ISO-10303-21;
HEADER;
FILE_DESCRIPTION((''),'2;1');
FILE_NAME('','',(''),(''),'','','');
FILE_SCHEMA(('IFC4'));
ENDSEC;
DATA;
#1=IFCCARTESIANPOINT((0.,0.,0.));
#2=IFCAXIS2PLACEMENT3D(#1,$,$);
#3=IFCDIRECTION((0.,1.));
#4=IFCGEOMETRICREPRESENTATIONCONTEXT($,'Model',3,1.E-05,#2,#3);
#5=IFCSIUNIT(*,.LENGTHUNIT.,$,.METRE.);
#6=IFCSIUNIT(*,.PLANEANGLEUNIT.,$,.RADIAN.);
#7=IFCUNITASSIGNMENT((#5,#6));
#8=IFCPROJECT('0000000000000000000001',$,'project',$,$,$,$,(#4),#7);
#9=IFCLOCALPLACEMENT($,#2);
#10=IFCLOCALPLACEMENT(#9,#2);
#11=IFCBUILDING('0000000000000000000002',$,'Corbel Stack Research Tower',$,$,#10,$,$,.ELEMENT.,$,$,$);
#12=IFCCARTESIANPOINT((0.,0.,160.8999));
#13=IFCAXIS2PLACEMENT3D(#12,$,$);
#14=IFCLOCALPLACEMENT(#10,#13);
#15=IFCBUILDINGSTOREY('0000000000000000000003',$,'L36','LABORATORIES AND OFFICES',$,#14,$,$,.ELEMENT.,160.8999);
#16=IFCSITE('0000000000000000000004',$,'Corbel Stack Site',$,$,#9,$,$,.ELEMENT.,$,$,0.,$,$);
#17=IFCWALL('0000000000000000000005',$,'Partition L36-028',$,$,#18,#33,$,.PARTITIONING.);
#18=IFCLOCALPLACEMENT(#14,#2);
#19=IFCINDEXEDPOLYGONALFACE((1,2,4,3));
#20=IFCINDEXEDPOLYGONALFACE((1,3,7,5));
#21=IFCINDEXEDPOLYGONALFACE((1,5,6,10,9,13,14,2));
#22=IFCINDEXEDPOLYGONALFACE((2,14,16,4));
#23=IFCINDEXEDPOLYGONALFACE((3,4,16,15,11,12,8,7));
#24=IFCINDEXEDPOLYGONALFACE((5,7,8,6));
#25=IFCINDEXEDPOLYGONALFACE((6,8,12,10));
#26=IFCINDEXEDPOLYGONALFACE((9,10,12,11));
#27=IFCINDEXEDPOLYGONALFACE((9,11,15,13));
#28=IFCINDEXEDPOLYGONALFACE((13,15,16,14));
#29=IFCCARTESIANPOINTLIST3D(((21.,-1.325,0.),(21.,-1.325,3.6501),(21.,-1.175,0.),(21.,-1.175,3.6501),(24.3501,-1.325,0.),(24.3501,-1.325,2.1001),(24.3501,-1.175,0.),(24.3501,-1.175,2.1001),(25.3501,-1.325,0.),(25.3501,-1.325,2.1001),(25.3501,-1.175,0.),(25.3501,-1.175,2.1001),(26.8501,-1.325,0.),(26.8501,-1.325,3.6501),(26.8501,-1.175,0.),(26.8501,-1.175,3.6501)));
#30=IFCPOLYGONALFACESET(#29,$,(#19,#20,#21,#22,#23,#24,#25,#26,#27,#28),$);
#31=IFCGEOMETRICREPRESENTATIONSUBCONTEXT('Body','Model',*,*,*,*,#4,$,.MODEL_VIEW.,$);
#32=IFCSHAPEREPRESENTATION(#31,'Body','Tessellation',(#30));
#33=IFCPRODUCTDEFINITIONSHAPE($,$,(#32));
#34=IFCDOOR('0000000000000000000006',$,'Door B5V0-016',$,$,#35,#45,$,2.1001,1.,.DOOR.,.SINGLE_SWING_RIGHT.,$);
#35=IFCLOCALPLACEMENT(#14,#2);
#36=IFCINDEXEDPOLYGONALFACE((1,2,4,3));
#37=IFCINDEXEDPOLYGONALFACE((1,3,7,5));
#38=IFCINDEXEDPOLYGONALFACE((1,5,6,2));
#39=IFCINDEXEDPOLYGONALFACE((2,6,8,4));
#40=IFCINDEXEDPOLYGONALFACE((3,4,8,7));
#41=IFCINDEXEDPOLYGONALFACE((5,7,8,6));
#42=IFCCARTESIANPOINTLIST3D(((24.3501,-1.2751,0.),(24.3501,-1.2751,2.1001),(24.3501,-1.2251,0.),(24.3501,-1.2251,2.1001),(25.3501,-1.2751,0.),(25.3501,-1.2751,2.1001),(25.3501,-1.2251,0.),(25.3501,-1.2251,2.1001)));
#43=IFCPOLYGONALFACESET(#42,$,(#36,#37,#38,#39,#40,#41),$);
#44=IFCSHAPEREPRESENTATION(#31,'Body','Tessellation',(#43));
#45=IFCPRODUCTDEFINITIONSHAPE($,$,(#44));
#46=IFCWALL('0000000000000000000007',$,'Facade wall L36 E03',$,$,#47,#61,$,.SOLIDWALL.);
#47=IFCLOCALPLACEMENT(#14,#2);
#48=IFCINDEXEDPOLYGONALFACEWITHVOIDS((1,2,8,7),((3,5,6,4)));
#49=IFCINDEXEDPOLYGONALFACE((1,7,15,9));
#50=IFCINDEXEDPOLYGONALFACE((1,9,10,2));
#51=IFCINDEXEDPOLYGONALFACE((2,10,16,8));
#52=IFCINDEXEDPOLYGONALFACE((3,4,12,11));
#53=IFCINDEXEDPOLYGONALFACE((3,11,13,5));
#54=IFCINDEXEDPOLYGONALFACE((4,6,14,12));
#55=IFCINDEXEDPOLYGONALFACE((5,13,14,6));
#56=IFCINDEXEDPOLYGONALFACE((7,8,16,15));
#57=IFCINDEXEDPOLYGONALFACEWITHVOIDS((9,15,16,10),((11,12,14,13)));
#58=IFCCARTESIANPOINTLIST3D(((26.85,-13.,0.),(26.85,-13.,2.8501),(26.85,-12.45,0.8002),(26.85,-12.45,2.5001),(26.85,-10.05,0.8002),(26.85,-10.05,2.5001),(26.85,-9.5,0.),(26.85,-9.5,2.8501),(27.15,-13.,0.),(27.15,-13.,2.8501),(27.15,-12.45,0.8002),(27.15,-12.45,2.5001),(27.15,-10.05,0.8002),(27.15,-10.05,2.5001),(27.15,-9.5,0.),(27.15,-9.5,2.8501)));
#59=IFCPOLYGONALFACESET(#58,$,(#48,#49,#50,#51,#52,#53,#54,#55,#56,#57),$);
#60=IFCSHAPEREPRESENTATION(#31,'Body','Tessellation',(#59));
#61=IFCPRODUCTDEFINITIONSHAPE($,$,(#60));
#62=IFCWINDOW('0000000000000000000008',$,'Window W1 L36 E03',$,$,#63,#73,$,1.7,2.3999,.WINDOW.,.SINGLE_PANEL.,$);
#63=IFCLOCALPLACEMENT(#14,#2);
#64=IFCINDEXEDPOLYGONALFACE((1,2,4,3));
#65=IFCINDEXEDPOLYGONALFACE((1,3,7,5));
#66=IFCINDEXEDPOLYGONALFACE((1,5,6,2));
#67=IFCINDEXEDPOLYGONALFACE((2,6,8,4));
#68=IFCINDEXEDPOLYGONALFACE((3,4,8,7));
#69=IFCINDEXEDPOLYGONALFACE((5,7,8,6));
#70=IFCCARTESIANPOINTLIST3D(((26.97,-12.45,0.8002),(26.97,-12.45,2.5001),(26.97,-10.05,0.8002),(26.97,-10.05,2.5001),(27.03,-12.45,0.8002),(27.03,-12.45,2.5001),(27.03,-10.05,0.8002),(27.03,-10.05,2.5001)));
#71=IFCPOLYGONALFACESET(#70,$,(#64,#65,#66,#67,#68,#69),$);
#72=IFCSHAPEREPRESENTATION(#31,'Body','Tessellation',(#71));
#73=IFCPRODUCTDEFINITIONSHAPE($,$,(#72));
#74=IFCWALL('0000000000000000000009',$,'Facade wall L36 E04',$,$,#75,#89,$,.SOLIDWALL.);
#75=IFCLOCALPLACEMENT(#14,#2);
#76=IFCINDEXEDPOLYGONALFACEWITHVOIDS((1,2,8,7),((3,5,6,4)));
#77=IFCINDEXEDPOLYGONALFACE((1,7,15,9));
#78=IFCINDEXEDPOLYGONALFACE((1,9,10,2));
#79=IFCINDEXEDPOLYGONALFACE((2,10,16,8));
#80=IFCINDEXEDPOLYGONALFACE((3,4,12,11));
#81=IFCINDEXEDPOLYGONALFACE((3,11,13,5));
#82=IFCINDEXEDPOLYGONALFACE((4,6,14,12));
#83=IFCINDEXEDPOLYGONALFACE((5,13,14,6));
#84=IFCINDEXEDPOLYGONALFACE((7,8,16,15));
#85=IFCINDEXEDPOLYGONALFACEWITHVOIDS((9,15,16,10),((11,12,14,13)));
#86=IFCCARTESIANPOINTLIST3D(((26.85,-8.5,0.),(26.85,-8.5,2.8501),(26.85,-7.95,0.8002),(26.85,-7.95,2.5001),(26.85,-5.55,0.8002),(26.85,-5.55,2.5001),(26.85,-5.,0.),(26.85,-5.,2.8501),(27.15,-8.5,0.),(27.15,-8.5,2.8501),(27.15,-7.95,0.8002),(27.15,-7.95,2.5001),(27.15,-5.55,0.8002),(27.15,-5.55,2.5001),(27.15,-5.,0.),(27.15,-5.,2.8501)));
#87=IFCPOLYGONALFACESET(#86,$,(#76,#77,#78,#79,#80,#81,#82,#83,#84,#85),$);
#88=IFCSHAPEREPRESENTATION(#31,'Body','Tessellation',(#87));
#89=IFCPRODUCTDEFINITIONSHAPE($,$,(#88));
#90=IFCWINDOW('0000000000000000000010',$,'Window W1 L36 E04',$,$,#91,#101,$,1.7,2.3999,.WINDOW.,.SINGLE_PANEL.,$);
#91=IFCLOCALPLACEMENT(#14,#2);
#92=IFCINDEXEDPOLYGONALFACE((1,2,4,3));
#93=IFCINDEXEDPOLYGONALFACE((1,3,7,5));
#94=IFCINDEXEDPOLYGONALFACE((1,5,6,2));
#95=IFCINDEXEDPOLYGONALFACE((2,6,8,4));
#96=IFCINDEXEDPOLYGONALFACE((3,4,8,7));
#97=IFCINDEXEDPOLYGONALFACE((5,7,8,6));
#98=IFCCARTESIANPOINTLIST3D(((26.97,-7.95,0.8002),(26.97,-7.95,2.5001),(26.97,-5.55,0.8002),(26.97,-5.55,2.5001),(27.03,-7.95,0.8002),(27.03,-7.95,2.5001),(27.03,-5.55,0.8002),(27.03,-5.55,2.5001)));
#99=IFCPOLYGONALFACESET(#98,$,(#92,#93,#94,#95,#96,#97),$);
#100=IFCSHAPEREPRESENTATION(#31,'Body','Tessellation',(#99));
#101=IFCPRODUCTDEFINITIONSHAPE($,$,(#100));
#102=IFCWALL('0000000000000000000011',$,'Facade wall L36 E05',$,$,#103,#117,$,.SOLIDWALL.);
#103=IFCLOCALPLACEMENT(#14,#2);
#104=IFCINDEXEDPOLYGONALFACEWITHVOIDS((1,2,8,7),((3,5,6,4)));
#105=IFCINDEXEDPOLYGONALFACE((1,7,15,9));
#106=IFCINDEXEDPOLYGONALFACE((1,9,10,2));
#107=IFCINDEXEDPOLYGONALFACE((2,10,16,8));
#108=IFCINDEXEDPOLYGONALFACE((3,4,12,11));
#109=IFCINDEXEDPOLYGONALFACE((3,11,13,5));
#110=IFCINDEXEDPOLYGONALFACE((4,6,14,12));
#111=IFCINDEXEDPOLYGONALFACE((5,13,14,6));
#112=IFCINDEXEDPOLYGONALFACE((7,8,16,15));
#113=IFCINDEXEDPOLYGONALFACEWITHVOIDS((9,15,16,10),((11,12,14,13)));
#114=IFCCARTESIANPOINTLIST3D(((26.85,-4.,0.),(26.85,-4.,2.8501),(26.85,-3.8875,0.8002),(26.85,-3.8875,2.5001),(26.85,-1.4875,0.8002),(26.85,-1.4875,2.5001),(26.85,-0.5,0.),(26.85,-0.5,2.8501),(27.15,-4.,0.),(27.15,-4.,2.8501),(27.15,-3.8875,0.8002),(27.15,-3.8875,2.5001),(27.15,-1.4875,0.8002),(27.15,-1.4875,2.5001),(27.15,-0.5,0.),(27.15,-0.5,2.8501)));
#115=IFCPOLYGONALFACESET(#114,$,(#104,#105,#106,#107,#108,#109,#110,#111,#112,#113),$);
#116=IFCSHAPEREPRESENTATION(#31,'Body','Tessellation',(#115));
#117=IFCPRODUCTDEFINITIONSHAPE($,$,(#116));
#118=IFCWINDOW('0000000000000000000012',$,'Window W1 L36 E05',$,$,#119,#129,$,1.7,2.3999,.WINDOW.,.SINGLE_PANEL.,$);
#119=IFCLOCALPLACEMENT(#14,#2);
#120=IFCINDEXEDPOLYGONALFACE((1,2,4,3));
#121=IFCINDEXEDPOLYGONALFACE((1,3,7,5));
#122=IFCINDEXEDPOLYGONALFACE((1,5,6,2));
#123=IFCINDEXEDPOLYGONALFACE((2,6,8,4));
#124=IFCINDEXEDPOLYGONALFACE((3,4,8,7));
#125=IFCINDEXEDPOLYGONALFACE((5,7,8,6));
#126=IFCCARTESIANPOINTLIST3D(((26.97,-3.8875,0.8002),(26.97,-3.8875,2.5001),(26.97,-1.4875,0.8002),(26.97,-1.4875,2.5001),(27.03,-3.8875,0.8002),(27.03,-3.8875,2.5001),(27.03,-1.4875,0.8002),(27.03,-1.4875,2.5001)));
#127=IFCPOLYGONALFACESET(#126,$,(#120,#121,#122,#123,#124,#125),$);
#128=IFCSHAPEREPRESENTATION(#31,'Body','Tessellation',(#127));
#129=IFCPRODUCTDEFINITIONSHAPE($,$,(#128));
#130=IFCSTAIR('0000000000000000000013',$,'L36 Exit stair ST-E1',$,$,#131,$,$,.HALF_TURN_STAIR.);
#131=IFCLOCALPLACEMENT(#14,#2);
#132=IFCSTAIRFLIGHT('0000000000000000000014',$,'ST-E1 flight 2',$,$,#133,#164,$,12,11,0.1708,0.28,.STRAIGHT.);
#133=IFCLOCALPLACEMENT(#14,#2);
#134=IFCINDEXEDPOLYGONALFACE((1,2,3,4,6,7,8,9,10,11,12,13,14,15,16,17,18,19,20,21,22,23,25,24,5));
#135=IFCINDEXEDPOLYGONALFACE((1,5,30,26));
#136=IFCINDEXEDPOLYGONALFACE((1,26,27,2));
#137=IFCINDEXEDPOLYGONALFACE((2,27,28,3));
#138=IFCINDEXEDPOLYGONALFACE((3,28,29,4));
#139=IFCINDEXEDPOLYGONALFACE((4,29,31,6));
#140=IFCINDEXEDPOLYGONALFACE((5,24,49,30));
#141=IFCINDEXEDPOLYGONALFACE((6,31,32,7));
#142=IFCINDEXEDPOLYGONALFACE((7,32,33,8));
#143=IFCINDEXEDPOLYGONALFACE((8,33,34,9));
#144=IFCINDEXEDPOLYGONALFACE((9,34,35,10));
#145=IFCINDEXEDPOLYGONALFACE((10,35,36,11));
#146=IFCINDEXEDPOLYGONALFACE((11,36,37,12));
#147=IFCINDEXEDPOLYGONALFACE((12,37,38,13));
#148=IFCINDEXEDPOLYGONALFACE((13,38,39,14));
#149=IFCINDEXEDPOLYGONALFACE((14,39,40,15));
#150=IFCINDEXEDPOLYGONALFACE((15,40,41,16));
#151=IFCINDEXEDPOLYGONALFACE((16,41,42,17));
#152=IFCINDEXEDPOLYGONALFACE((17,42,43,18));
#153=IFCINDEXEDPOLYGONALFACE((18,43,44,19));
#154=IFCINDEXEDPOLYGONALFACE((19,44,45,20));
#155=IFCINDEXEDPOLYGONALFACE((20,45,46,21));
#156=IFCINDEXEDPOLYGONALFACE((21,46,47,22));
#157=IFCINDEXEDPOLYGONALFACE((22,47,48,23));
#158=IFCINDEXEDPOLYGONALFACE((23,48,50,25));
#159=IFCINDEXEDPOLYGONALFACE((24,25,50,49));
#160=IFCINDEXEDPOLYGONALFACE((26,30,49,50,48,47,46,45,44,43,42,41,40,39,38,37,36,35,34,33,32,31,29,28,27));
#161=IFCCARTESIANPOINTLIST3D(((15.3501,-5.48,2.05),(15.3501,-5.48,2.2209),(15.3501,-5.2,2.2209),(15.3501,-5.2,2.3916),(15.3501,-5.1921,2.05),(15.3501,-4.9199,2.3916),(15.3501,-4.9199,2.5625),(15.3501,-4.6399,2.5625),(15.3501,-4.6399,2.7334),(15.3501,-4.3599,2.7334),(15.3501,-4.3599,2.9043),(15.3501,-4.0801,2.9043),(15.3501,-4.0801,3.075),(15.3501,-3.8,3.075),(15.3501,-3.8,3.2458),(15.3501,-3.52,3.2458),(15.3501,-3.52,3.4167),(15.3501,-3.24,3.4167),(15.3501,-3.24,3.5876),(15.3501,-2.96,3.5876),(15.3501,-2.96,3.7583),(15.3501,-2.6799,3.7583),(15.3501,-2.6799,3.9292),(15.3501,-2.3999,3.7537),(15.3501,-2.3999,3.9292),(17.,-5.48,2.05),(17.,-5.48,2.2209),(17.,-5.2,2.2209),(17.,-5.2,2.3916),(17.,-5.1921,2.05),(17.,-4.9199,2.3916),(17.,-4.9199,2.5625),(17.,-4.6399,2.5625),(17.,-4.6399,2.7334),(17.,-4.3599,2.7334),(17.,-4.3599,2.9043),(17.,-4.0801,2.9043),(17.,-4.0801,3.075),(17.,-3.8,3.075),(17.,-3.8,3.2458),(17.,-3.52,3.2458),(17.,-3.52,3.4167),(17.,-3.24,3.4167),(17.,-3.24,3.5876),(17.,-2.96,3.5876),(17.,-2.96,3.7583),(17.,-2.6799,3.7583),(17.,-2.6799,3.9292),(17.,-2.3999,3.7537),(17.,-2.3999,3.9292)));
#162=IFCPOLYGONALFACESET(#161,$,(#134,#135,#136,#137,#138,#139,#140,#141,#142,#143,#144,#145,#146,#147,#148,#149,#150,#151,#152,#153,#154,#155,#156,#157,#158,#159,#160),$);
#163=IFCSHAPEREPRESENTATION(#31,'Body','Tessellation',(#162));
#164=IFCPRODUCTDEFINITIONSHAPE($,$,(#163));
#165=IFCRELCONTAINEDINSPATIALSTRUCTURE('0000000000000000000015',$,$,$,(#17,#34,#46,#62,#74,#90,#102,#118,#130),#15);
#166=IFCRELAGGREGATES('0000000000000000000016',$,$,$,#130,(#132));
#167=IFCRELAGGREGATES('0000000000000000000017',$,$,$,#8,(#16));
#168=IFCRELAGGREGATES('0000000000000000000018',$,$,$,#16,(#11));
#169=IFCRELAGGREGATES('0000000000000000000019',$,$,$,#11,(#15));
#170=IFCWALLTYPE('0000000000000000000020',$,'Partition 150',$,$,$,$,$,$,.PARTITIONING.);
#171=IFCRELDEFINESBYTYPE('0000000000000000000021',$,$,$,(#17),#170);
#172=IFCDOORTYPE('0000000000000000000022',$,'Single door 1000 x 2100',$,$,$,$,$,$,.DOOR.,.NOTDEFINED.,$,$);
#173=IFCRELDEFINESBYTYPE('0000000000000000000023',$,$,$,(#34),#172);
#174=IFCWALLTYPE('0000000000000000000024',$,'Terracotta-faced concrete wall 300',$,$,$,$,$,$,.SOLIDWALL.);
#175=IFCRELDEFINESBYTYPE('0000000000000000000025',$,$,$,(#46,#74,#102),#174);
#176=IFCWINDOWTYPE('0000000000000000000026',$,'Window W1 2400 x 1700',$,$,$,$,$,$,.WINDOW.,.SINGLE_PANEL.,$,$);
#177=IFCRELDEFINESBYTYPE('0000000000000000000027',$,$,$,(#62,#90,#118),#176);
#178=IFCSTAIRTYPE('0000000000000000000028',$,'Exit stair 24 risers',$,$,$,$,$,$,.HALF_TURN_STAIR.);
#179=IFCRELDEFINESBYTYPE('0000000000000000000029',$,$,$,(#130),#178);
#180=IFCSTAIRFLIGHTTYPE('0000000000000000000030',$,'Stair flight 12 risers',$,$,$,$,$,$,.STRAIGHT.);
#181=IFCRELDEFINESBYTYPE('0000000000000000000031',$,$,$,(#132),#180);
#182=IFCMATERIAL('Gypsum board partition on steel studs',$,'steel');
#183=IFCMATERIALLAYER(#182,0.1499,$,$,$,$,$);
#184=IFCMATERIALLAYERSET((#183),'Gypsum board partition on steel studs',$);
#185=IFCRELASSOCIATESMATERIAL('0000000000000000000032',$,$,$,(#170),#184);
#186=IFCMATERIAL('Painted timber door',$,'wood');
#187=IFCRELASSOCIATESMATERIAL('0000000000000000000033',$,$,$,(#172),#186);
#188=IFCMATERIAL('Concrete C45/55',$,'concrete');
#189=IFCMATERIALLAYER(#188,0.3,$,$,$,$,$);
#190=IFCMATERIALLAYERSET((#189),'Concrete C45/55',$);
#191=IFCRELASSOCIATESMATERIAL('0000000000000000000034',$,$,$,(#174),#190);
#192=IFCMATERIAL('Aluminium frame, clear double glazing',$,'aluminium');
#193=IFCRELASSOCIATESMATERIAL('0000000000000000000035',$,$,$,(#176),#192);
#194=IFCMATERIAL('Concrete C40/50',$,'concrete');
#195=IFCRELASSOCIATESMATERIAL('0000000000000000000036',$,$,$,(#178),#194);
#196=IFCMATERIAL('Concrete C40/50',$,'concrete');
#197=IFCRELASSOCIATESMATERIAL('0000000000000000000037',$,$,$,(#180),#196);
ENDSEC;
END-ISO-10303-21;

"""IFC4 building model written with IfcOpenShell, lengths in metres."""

from ifc_helpers import new_model, si_unit, direction, frame, frame_2d, origin, place, context, subcontext, project, spatial, polyline, rectangle, outline, extrude, material, layer, layer_set, type_object, element, fill, aggregate, save


model = new_model("IFC4")

# Units and contexts
model_context = context("Model", 3, precision=1e-05, world=origin(), true_north=direction((0.0, 1.0)))
body_context = subcontext(model_context, "Body", "Model", "MODEL_VIEW")
ifc_project = project(units=[si_unit("LENGTHUNIT", "METRE"), si_unit("PLANEANGLEUNIT", "RADIAN")], contexts=[model_context])

# Site, building, storey
site_placement = place(None, origin())
site = spatial("IfcSite", under=ifc_project, at=site_placement, Name="Corbel Stack Site", CompositionType="ELEMENT", RefElevation=0.0)
building_placement = place(site_placement, origin())
building = spatial("IfcBuilding", under=site, at=building_placement, Name="Corbel Stack Research Tower", CompositionType="ELEMENT")
storey_placement = place(building_placement, frame((0.0, 0.0, 160.8999)))
storey = spatial("IfcBuildingStorey", under=building, at=storey_placement, Name="L36", Description="LABORATORIES AND OFFICES", CompositionType="ELEMENT", Elevation=160.8999)

# Shared definitions
ifc_material_1 = material(Name="Gypsum board partition on steel studs", Category="steel")
ifc_layer_1 = layer(ifc_material_1, 0.1499)
ifc_layer_set_1 = layer_set([ifc_layer_1], Name="Gypsum board partition on steel studs")
wall_type_1 = type_object("IfcWallType", Name="Partition 150", PredefinedType="PARTITIONING", material=ifc_layer_set_1)

# Wall, opening, door
ifc_material_2 = material(Name="Painted timber door", Category="wood")
door_type_1 = type_object("IfcDoorType", Name="Single door 1000 x 2100", OperationType="NOTDEFINED", PredefinedType="DOOR", material=ifc_material_2)
wall_1_placement = place(storey_placement, frame((21.0, -1.25, 0.0), z_axis=(0.0, 0.0, 1.0), x_axis=(1.0, 0.0, 0.0)))
wall_1 = element("IfcWall", 1, at=wall_1_placement, inside=storey, type_object=wall_type_1, Name="Partition L36-028", PredefinedType="PARTITIONING", context=body_context, shape_type="SweptSolid", body=[
    extrude(rectangle(XDim=5.8501, YDim=0.1499, at=frame_2d((2.925, 0.0))), origin(), (0.0, 0.0, 1.0), 3.6501),
])
opening_1_placement = place(wall_1_placement, frame((3.3501, 0.0, 0.0)))
opening_1 = element("IfcOpeningElement", 2, at=opening_1_placement, cuts=wall_1, PredefinedType="OPENING", context=body_context, shape_type="SweptSolid", body=[
    extrude(rectangle(XDim=1.0, YDim=2.1001, at=frame_2d((0.5, 1.05))), frame((0.0, 0.085, 0.0), z_axis=(0.0, -1.0, 0.0), x_axis=(1.0, 0.0, 0.0)), (0.0, 0.0, 1.0), 0.1699),
])
door_1_placement = place(opening_1_placement, origin())
door_1 = element("IfcDoor", 3, at=door_1_placement, inside=storey, type_object=door_type_1, Name="Door B5V0-016", OperationType="SINGLE_SWING_RIGHT", OverallHeight=2.1001, OverallWidth=1.0, PredefinedType="DOOR", context=body_context, shape_type="SweptSolid", body=[
    extrude(rectangle(XDim=1.0, YDim=2.1001, at=frame_2d((0.5, 1.05))), frame((0.0, 0.0249, 0.0), z_axis=(0.0, -1.0, 0.0), x_axis=(1.0, 0.0, 0.0)), (0.0, 0.0, 1.0), 0.05),
])
fill(opening_1, door_1)

# Walls, openings, windows
ifc_material_3 = material(Name="Concrete C45/55", Category="concrete")
ifc_layer_2 = layer(ifc_material_3, 0.3)
ifc_layer_set_2 = layer_set([ifc_layer_2], Name="Concrete C45/55")
wall_type_2 = type_object("IfcWallType", Name="Terracotta-faced concrete wall 300", PredefinedType="SOLIDWALL", material=ifc_layer_set_2)
wall_2_placement = place(storey_placement, frame((27.0, -9.5, 0.0), z_axis=(0.0, 0.0, 1.0), x_axis=(0.0, -1.0, 0.0)))
wall_2 = element("IfcWall", 4, at=wall_2_placement, inside=storey, type_object=wall_type_2, Name="Facade wall L36 E03", PredefinedType="SOLIDWALL", context=body_context, shape_type="SweptSolid", body=[
    extrude(rectangle(XDim=3.5, YDim=0.3, at=frame_2d((1.75, 0.0))), origin(), (0.0, 0.0, 1.0), 2.8501),
])
opening_2_placement = place(wall_2_placement, frame((0.55, 0.0, 0.8)))
opening_2 = element("IfcOpeningElement", 5, at=opening_2_placement, cuts=wall_2, PredefinedType="OPENING", context=body_context, shape_type="SweptSolid", body=[
    extrude(rectangle(XDim=2.3999, YDim=1.7, at=frame_2d((1.2, 0.8501))), frame((0.0, 0.1599, 0.0), z_axis=(0.0, -1.0, 0.0), x_axis=(1.0, 0.0, 0.0)), (0.0, 0.0, 1.0), 0.3201),
])
ifc_material_4 = material(Name="Aluminium frame, clear double glazing", Category="aluminium")
window_type = type_object("IfcWindowType", Name="Window W1 2400 x 1700", PartitioningType="SINGLE_PANEL", PredefinedType="WINDOW", material=ifc_material_4)
window_1_placement = place(opening_2_placement, origin())
window_1 = element("IfcWindow", 6, at=window_1_placement, inside=storey, type_object=window_type, Name="Window W1 L36 E03", OverallHeight=1.7, OverallWidth=2.3999, PartitioningType="SINGLE_PANEL", PredefinedType="WINDOW", context=body_context, shape_type="SweptSolid", body=[
    extrude(rectangle(XDim=2.3999, YDim=1.7, at=frame_2d((1.2, 0.8501))), frame((0.0, 0.03, 0.0), z_axis=(0.0, -1.0, 0.0), x_axis=(1.0, 0.0, 0.0)), (0.0, 0.0, 1.0), 0.0601),
])
fill(opening_2, window_1)
wall_3_placement = place(storey_placement, frame((27.0, -5.0, 0.0), z_axis=(0.0, 0.0, 1.0), x_axis=(0.0, -1.0, 0.0)))
wall_3 = element("IfcWall", 7, at=wall_3_placement, inside=storey, type_object=wall_type_2, Name="Facade wall L36 E04", PredefinedType="SOLIDWALL", context=body_context, shape_type="SweptSolid", body=[
    extrude(rectangle(XDim=3.5, YDim=0.3, at=frame_2d((1.75, 0.0))), origin(), (0.0, 0.0, 1.0), 2.8501),
])
opening_3_placement = place(wall_3_placement, frame((0.55, 0.0, 0.8)))
opening_3 = element("IfcOpeningElement", 8, at=opening_3_placement, cuts=wall_3, PredefinedType="OPENING", context=body_context, shape_type="SweptSolid", body=[
    extrude(rectangle(XDim=2.3999, YDim=1.7, at=frame_2d((1.2, 0.8501))), frame((0.0, 0.1599, 0.0), z_axis=(0.0, -1.0, 0.0), x_axis=(1.0, 0.0, 0.0)), (0.0, 0.0, 1.0), 0.3201),
])
window_2_placement = place(opening_3_placement, origin())
window_2 = element("IfcWindow", 9, at=window_2_placement, inside=storey, type_object=window_type, Name="Window W1 L36 E04", OverallHeight=1.7, OverallWidth=2.3999, PartitioningType="SINGLE_PANEL", PredefinedType="WINDOW", context=body_context, shape_type="SweptSolid", body=[
    extrude(rectangle(XDim=2.3999, YDim=1.7, at=frame_2d((1.2, 0.8501))), frame((0.0, 0.03, 0.0), z_axis=(0.0, -1.0, 0.0), x_axis=(1.0, 0.0, 0.0)), (0.0, 0.0, 1.0), 0.0601),
])
fill(opening_3, window_2)
wall_4_placement = place(storey_placement, frame((27.0, -0.5, 0.0), z_axis=(0.0, 0.0, 1.0), x_axis=(0.0, -1.0, 0.0)))
wall_4 = element("IfcWall", 10, at=wall_4_placement, inside=storey, type_object=wall_type_2, Name="Facade wall L36 E05", PredefinedType="SOLIDWALL", context=body_context, shape_type="SweptSolid", body=[
    extrude(rectangle(XDim=3.5, YDim=0.3, at=frame_2d((1.75, 0.0))), origin(), (0.0, 0.0, 1.0), 2.8501),
])
opening_4_placement = place(wall_4_placement, frame((0.9875, 0.0, 0.8)))
opening_4 = element("IfcOpeningElement", 11, at=opening_4_placement, cuts=wall_4, PredefinedType="OPENING", context=body_context, shape_type="SweptSolid", body=[
    extrude(rectangle(XDim=2.3999, YDim=1.7, at=frame_2d((1.2, 0.8501))), frame((0.0, 0.1599, 0.0), z_axis=(0.0, -1.0, 0.0), x_axis=(1.0, 0.0, 0.0)), (0.0, 0.0, 1.0), 0.3201),
])
window_3_placement = place(opening_4_placement, origin())
window_3 = element("IfcWindow", 12, at=window_3_placement, inside=storey, type_object=window_type, Name="Window W1 L36 E05", OverallHeight=1.7, OverallWidth=2.3999, PartitioningType="SINGLE_PANEL", PredefinedType="WINDOW", context=body_context, shape_type="SweptSolid", body=[
    extrude(rectangle(XDim=2.3999, YDim=1.7, at=frame_2d((1.2, 0.8501))), frame((0.0, 0.03, 0.0), z_axis=(0.0, -1.0, 0.0), x_axis=(1.0, 0.0, 0.0)), (0.0, 0.0, 1.0), 0.0601),
])
fill(opening_4, window_3)

# Stair, stair flight
ifc_material_5 = material(Name="Concrete C40/50", Category="concrete")
stair_type = type_object("IfcStairType", Name="Exit stair 24 risers", PredefinedType="HALF_TURN_STAIR", material=ifc_material_5)
stair_placement = place(storey_placement, origin())
stair = element("IfcStair", 13, at=stair_placement, inside=storey, type_object=stair_type, Name="L36 Exit stair ST-E1", PredefinedType="HALF_TURN_STAIR")
ifc_material_6 = material(Name="Concrete C40/50", Category="concrete")
stair_flight_type = type_object("IfcStairFlightType", Name="Stair flight 12 risers", PredefinedType="STRAIGHT", material=ifc_material_6)
stair_flight_placement = place(storey_placement, frame((16.175, -5.48, 2.05), z_axis=(0.0, 0.0, 1.0), x_axis=(0.0, 1.0, 0.0)))
stair_flight = element("IfcStairFlight", 14, at=stair_flight_placement, type_object=stair_flight_type, Name="ST-E1 flight 2", NumberOfRisers=12, NumberOfTreads=11, PredefinedType="STRAIGHT", RiserHeight=0.1708, TreadLength=0.28, context=body_context, shape_type="SweptSolid", body=[
    extrude(outline(polyline([(0.0, 0.0), (0.0, 0.1709), (0.28, 0.1709), (0.28, 0.3416), (0.5601, 0.3416), (0.5601, 0.5125), (0.8401, 0.5125), (0.8401, 0.6833), (1.1201, 0.6833), (1.1201, 0.8542), (1.3999, 0.8542), (1.3999, 1.0249), (1.6799, 1.0249), (1.6799, 1.1958), (1.96, 1.1958), (1.96, 1.3667), (2.24, 1.3667), (2.24, 1.5376), (2.52, 1.5376), (2.52, 1.7083), (2.8, 1.7083), (2.8, 1.8792), (3.0801, 1.8792), (3.0801, 2.05), (3.0801, 1.7036), (0.2878, 0.0), (0.0, 0.0)])), frame((0.0, 0.825, 0.0), z_axis=(0.0, -1.0, 0.0), x_axis=(1.0, 0.0, 0.0)), (0.0, 0.0, 1.0), 1.6499),
])
aggregate(stair, [stair_flight])

save(model, "model.ifc")
